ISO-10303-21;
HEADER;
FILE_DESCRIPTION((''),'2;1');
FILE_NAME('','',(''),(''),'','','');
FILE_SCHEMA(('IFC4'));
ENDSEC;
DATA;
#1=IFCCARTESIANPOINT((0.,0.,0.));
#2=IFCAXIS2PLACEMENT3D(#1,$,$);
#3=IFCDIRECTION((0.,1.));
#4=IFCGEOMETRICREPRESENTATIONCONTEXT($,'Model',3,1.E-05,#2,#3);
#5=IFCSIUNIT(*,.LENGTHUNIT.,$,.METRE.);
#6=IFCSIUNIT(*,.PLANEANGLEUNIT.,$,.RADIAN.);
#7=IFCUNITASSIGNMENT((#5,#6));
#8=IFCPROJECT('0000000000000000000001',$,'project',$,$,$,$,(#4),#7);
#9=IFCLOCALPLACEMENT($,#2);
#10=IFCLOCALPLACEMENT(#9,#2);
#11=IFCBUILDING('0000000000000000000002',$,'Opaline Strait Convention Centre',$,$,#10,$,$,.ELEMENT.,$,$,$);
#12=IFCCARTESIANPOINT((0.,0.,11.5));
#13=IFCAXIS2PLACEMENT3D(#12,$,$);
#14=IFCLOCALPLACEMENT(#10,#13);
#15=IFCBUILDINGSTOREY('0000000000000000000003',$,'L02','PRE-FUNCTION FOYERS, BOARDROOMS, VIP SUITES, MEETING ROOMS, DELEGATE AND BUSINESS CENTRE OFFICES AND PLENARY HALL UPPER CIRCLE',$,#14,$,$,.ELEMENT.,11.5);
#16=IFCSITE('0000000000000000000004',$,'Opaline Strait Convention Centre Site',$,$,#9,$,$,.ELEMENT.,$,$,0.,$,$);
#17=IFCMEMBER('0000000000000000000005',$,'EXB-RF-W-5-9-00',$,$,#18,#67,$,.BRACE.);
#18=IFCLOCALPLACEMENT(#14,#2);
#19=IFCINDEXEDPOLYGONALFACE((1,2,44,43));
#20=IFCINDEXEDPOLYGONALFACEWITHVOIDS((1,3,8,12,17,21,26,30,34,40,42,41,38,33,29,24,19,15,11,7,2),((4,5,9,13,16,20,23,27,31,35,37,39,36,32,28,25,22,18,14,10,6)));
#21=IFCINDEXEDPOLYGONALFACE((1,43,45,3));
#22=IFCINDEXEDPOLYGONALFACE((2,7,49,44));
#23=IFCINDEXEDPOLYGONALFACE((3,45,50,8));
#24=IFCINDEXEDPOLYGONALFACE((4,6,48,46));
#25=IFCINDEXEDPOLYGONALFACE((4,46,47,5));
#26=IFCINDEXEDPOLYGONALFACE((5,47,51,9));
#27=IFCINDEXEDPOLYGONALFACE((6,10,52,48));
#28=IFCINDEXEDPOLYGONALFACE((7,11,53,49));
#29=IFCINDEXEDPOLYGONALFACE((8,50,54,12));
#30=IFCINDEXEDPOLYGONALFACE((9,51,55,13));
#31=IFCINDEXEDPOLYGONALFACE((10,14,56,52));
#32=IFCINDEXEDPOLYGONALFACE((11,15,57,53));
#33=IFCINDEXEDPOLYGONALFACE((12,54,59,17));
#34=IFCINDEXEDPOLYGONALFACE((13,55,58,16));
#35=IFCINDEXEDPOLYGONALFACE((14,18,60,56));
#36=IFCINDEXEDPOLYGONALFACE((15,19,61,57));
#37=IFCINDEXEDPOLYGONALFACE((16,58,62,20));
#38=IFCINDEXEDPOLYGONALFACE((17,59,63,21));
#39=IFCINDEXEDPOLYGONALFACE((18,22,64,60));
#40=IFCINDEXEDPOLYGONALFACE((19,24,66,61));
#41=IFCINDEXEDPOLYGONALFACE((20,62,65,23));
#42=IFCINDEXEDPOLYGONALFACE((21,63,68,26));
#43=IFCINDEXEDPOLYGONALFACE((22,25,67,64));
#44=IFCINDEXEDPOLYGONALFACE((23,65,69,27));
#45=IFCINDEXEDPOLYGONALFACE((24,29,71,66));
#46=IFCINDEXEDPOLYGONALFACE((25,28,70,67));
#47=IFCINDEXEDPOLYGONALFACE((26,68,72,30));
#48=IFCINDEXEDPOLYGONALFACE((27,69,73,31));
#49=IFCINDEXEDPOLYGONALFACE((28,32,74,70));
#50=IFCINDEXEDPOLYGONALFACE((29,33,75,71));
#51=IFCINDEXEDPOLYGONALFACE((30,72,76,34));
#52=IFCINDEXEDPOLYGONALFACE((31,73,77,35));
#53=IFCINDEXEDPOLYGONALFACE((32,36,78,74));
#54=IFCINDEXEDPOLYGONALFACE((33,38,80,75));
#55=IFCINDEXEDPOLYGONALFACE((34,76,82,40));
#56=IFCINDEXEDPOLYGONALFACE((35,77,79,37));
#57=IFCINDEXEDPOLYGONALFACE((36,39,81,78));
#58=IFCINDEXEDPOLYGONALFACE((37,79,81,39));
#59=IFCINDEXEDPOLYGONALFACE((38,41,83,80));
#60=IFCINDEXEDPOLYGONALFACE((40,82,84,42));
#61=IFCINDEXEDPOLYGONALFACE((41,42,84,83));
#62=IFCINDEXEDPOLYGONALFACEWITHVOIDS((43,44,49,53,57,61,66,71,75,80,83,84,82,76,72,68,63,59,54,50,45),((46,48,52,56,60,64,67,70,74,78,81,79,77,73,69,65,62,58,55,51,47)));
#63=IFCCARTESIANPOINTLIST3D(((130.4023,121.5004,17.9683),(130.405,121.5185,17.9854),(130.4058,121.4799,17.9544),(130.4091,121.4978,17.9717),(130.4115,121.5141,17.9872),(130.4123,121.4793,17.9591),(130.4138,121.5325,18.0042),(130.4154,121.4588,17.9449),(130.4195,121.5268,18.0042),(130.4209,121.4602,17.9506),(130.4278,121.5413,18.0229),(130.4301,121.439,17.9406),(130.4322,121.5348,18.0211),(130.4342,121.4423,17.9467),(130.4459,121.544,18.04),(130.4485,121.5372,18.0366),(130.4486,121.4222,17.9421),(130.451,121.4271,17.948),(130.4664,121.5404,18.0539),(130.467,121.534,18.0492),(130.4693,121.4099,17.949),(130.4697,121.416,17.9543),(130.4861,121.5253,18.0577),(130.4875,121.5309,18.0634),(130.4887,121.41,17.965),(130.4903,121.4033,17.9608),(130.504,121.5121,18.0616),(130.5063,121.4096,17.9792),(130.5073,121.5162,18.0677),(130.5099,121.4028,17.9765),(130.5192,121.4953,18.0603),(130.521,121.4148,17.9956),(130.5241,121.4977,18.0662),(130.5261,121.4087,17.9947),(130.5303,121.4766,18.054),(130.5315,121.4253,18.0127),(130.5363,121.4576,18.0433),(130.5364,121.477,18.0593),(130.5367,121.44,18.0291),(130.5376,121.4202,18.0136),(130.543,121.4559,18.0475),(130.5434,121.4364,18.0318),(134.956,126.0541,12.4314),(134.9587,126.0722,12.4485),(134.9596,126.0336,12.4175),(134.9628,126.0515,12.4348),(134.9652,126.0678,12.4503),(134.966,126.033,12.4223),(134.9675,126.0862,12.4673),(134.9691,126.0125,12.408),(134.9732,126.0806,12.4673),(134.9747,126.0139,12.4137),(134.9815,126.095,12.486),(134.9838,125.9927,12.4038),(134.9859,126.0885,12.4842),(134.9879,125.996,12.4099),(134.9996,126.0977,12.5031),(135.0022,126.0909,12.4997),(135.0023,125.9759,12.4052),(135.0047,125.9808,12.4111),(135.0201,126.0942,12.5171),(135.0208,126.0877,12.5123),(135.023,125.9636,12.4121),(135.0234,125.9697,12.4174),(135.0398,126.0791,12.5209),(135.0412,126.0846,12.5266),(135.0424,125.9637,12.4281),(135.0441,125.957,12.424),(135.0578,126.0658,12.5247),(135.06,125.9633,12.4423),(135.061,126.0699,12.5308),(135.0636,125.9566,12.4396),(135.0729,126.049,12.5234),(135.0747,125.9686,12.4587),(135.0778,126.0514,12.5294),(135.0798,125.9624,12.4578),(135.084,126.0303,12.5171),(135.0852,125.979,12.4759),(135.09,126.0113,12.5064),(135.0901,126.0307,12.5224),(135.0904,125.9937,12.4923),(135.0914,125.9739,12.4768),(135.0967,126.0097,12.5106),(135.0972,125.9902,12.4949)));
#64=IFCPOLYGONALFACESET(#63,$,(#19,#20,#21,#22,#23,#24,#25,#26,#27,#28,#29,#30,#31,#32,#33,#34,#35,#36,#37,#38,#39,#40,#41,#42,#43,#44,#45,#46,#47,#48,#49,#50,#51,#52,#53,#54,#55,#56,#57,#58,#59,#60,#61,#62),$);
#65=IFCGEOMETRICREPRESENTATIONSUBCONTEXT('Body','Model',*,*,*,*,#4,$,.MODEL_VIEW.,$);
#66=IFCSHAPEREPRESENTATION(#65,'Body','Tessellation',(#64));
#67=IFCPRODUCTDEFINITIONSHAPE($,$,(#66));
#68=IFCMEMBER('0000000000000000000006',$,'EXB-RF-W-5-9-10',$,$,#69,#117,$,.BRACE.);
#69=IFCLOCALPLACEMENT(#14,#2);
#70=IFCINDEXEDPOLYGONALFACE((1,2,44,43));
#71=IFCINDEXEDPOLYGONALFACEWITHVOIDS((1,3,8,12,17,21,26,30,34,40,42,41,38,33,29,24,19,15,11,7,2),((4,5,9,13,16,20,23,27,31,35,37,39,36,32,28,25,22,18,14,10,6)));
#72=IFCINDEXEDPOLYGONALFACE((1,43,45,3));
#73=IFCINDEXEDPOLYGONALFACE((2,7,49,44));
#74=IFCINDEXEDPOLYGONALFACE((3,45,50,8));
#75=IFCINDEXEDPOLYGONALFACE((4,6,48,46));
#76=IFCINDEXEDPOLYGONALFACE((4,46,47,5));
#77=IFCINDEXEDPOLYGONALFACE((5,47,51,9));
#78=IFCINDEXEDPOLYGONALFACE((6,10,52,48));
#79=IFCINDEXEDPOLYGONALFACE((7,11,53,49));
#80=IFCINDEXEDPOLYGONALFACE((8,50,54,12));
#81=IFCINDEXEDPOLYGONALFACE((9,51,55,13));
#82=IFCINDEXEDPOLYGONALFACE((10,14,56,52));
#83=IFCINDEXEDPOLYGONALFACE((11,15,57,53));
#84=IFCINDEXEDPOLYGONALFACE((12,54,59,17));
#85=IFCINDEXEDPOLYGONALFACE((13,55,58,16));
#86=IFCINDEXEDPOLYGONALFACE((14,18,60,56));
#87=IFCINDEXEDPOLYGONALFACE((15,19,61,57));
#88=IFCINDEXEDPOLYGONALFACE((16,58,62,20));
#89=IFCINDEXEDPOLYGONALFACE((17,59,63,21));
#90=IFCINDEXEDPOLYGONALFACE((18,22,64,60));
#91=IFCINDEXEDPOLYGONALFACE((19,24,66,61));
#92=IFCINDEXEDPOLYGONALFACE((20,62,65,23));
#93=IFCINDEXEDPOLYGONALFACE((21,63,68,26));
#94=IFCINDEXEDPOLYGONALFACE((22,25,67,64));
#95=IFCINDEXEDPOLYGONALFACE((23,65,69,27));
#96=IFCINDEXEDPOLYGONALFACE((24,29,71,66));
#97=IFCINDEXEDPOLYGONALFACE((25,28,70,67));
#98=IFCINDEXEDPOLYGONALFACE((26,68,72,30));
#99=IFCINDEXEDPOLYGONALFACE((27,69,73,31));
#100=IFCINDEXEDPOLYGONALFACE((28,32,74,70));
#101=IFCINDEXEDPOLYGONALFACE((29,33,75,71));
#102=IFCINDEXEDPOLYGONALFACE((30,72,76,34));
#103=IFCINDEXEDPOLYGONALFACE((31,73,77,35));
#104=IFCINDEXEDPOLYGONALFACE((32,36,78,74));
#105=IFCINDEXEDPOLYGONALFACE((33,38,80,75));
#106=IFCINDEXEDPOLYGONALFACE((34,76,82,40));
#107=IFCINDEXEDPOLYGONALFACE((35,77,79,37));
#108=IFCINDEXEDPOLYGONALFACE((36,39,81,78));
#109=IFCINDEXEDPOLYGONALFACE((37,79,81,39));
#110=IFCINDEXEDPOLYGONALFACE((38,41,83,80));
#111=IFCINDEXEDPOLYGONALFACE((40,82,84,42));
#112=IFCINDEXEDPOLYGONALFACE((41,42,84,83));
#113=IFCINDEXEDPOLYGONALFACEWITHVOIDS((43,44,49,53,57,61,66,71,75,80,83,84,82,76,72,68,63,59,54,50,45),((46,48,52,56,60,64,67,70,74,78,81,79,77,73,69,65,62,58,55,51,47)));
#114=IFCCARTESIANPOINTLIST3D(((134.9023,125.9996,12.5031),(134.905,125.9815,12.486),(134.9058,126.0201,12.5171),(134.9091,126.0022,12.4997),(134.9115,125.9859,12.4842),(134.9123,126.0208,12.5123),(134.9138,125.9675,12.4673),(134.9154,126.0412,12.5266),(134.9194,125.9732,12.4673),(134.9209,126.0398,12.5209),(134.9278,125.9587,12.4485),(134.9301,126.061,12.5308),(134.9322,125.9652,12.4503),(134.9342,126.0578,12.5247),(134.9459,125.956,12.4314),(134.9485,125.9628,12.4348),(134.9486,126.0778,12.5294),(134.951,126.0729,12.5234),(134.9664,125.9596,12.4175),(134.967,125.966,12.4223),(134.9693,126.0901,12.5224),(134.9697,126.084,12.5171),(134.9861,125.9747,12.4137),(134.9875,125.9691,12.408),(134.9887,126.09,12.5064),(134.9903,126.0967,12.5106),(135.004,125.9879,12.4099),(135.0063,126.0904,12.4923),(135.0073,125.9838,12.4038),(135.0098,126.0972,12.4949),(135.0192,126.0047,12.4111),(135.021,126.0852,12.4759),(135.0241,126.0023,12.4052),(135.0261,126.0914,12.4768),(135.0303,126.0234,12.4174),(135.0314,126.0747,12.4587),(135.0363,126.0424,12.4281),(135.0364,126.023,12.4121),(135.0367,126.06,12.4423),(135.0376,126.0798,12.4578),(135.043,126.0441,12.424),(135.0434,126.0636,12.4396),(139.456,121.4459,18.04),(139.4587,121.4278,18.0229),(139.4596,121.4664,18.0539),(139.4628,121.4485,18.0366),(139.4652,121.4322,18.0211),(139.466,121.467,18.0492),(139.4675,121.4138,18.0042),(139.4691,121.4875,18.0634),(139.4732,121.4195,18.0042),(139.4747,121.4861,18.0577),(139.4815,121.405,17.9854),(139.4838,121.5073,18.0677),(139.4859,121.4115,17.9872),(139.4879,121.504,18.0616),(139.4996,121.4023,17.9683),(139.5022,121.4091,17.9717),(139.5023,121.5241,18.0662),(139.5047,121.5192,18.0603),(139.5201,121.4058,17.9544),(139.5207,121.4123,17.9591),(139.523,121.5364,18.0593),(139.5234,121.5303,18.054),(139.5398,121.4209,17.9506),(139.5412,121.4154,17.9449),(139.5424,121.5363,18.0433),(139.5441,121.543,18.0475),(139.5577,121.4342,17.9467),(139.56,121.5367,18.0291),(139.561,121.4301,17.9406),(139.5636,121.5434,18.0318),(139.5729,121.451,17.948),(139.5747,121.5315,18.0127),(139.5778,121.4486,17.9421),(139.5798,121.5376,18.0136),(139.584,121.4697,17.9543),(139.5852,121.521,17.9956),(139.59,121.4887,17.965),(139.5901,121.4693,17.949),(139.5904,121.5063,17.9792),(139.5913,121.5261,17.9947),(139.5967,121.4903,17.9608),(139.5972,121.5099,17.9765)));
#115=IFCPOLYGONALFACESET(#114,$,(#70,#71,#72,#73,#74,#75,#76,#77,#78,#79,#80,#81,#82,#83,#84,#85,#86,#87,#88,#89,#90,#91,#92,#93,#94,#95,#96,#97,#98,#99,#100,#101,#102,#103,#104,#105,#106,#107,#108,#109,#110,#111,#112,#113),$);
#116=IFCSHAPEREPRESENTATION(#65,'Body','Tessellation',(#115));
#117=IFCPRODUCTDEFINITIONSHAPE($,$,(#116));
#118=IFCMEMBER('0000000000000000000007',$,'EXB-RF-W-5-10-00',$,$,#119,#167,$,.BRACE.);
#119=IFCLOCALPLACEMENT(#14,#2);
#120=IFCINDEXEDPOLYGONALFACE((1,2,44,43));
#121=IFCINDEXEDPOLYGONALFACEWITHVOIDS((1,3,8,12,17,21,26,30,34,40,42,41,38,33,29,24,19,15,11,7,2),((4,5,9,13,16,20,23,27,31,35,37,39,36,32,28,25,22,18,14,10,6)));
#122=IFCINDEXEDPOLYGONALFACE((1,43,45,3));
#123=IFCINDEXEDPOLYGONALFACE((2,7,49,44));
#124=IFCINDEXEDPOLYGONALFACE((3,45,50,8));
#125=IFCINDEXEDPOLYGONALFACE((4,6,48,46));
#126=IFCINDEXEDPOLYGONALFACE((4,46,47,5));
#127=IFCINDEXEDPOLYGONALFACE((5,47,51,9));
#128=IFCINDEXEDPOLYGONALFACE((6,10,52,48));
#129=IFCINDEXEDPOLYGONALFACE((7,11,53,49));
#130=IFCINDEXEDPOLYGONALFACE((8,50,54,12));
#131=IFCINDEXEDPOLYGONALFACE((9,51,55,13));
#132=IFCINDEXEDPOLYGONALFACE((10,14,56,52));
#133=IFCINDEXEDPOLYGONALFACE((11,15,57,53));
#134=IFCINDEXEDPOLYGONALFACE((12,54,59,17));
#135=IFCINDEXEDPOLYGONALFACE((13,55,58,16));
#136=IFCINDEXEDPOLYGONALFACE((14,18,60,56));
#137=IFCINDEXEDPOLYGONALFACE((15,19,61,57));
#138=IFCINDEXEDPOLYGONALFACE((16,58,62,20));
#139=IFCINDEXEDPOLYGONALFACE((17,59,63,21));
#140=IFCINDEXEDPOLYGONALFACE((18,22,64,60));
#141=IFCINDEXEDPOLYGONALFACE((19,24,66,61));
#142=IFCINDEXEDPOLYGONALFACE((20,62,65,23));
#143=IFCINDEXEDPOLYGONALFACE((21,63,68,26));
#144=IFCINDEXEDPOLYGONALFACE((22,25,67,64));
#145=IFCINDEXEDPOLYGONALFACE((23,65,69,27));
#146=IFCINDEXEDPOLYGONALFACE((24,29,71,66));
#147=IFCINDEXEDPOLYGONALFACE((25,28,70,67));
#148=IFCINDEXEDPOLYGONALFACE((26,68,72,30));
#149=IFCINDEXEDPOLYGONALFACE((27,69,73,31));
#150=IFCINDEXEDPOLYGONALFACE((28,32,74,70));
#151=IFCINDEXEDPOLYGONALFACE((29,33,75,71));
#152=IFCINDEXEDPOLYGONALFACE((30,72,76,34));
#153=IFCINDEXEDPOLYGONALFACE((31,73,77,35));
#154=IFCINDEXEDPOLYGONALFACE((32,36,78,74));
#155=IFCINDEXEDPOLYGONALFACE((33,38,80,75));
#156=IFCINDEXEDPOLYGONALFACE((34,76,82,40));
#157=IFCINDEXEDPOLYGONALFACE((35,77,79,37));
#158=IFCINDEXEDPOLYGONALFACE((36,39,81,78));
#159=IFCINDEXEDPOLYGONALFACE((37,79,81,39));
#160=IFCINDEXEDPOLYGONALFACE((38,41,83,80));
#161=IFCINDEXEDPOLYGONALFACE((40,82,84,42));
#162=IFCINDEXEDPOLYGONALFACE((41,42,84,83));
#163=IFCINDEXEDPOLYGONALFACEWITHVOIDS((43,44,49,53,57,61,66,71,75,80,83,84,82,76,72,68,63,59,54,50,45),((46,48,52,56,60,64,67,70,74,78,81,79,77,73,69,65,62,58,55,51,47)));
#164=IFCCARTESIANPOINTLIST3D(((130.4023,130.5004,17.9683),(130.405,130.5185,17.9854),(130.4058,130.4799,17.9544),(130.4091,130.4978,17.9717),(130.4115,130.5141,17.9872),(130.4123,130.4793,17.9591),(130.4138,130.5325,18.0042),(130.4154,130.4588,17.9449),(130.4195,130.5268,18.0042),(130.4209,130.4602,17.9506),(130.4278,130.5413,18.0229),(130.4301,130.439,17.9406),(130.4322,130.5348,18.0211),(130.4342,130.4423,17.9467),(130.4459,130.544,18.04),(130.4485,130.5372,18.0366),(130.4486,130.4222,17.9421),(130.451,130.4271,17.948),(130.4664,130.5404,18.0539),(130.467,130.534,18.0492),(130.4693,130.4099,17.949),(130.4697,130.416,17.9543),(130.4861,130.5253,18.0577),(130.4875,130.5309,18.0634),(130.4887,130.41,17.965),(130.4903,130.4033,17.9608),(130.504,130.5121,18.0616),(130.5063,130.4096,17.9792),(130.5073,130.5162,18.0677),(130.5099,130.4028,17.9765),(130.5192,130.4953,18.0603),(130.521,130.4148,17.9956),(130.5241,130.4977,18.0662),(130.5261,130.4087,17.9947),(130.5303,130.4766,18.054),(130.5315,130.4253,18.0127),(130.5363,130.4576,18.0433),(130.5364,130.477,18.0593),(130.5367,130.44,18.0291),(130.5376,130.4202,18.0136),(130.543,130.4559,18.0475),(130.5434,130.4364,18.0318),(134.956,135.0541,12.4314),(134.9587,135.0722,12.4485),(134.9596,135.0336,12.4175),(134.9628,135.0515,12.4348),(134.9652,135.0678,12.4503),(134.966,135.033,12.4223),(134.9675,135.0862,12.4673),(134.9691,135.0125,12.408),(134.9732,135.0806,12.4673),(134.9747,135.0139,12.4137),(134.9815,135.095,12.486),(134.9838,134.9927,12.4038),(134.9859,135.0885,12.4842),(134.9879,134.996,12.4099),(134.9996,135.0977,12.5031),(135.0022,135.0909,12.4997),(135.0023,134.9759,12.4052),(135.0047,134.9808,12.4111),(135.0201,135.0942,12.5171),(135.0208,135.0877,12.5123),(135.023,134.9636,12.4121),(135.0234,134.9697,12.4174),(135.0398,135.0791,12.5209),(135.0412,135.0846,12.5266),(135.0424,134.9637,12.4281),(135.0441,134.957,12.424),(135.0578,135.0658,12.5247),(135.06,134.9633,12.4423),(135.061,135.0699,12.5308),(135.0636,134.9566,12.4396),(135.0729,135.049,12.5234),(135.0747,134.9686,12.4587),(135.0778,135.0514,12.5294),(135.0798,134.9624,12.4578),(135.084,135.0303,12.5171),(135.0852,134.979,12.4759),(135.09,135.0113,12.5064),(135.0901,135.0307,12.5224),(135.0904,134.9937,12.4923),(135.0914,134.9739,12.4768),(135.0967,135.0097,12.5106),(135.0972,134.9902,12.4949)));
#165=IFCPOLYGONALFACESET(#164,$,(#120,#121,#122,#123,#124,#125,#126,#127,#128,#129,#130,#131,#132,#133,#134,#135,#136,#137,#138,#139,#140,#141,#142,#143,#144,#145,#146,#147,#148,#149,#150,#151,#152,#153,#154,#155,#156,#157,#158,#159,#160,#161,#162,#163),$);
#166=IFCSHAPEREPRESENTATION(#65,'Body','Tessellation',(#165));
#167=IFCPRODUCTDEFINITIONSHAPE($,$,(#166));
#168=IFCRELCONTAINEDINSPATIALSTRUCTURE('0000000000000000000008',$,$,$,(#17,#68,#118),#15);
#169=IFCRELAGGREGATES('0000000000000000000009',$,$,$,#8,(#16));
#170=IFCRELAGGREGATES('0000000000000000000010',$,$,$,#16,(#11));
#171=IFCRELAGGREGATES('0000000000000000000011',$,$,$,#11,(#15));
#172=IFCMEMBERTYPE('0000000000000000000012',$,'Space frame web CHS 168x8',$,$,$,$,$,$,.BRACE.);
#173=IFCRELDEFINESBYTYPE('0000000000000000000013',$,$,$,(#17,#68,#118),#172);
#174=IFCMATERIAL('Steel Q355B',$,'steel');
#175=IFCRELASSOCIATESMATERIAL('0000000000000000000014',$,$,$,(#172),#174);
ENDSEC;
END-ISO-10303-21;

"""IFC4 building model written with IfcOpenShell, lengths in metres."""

from ifc_helpers import new_model, si_unit, direction, frame, origin, origin_2d, place, context, subcontext, project, spatial, hollow_circle, extrude, material, material_profile, profile_set, type_object, element, save


model = new_model("IFC4")

# Units and contexts
model_context = context("Model", 3, precision=1e-05, world=origin(), true_north=direction((0.0, 1.0)))
body_context = subcontext(model_context, "Body", "Model", "MODEL_VIEW")
ifc_project = project(units=[si_unit("LENGTHUNIT", "METRE"), si_unit("PLANEANGLEUNIT", "RADIAN")], contexts=[model_context])

# Site, building, storey
site_placement = place(None, origin())
site = spatial("IfcSite", under=ifc_project, at=site_placement, Name="Opaline Strait Convention Centre Site", CompositionType="ELEMENT", RefElevation=0.0)
building_placement = place(site_placement, origin())
building = spatial("IfcBuilding", under=site, at=building_placement, Name="Opaline Strait Convention Centre", CompositionType="ELEMENT")
storey_placement = place(building_placement, frame((0.0, 0.0, 11.5)))
storey = spatial("IfcBuildingStorey", under=building, at=storey_placement, Name="L02", Description="PRE-FUNCTION FOYERS, BOARDROOMS, VIP SUITES, MEETING ROOMS, DELEGATE AND BUSINESS CENTRE OFFICES AND PLENARY HALL UPPER CIRCLE", CompositionType="ELEMENT", Elevation=11.5)

# Members
ifc_material = material(Name="Steel Q355B", Category="steel")
ifc_material_profile_1 = material_profile(ifc_material, hollow_circle(Radius=0.084, WallThickness=0.0081, at=origin_2d()), Name="CHS 168x8")
ifc_profile_set_1 = profile_set([ifc_material_profile_1], Name="Steel Q355B")
member_type_1 = type_object("IfcMemberType", Name="Space frame web CHS 168x8", PredefinedType="BRACE", material=ifc_profile_set_1)
for number, where, z_axis, x_axis, name in (
    (1, (130.4731, 121.4731, 18.0042), (0.536178, 0.536178, -0.65194), (-0.707107, 0.707107, 0.0), "EXB-RF-W-5-9-00"),
    (2, (139.5269, 121.4731, 18.0042), (-0.536178, 0.536178, -0.65194), (-0.707107, -0.707107, 0.0), "EXB-RF-W-5-9-10"),
    (3, (130.4731, 130.4731, 18.0042), (0.536178, 0.536178, -0.65194), (-0.707107, 0.707107, 0.0), "EXB-RF-W-5-10-00"),
):
    element("IfcMember", number, at=place(storey_placement, frame(where, z_axis=z_axis, x_axis=x_axis)), inside=storey, type_object=member_type_1, Name=name, PredefinedType="BRACE", context=body_context, shape_type="SweptSolid", body=[
        extrude(hollow_circle(Radius=0.084, WallThickness=0.0081, at=origin_2d()), origin(), (0.0, 0.0, 1.0), 8.4929),
    ])

save(model, "model.ifc")
